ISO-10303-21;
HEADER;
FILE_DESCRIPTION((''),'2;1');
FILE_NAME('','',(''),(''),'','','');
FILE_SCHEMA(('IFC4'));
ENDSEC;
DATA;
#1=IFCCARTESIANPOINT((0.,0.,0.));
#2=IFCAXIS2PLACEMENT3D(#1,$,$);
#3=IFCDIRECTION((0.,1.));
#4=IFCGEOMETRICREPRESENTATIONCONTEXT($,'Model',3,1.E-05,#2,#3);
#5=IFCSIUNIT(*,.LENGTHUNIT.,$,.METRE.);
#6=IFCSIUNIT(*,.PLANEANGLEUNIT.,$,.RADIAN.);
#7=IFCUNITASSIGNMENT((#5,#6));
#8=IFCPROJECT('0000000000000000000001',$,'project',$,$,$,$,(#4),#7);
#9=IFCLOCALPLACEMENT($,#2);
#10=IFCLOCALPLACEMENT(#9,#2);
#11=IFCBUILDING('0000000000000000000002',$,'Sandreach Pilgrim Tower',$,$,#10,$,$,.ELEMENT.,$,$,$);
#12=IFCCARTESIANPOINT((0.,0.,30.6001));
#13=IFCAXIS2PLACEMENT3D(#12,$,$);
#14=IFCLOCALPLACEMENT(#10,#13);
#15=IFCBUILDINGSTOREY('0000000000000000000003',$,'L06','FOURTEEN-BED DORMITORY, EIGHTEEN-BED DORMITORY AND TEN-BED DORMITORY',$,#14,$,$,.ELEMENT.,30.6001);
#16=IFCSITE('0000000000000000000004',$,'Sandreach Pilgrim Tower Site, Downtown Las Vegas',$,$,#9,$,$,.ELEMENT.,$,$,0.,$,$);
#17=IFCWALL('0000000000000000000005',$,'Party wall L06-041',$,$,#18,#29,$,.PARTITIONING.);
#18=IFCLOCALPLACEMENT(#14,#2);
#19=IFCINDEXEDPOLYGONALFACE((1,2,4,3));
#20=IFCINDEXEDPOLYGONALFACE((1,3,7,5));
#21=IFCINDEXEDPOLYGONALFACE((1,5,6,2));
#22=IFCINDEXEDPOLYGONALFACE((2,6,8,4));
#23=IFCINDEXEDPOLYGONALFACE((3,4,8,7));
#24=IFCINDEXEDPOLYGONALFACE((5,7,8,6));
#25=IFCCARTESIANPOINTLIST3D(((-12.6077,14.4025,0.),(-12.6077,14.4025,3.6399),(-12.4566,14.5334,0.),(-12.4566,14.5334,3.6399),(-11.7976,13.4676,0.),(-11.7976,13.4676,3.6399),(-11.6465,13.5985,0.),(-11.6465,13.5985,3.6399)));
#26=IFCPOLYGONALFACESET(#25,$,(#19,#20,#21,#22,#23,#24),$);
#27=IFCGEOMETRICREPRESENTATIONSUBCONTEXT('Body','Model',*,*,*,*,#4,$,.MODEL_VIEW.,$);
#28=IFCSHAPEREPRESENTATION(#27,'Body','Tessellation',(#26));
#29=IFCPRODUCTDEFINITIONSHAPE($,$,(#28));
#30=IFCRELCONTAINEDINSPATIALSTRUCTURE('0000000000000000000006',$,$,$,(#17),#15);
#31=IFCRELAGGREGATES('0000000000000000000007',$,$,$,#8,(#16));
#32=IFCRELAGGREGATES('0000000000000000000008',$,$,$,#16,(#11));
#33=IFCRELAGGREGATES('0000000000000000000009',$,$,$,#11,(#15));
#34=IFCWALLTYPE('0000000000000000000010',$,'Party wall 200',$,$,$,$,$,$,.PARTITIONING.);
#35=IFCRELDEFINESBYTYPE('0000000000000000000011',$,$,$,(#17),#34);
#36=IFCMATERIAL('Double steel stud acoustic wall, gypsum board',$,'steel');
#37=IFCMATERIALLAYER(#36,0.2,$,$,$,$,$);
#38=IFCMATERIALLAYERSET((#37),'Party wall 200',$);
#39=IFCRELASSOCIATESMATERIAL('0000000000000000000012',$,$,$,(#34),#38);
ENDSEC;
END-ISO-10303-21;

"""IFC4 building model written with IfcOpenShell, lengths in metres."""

from ifc_helpers import new_model, si_unit, direction, frame, frame_2d, origin, place, context, subcontext, project, spatial, rectangle, extrude, material, layer, layer_set, type_object, element, save


model = new_model("IFC4")

# Units and contexts
model_context = context("Model", 3, precision=1e-05, world=origin(), true_north=direction((0.0, 1.0)))
body_context = subcontext(model_context, "Body", "Model", "MODEL_VIEW")
ifc_project = project(units=[si_unit("LENGTHUNIT", "METRE"), si_unit("PLANEANGLEUNIT", "RADIAN")], contexts=[model_context])

# Site, building, storey
site_placement = place(None, origin())
site = spatial("IfcSite", under=ifc_project, at=site_placement, Name="Sandreach Pilgrim Tower Site, Downtown Las Vegas", CompositionType="ELEMENT", RefElevation=0.0)
building_placement = place(site_placement, origin())
building = spatial("IfcBuilding", under=site, at=building_placement, Name="Sandreach Pilgrim Tower", CompositionType="ELEMENT")
storey_placement = place(building_placement, frame((0.0, 0.0, 30.6001)))
storey = spatial("IfcBuildingStorey", under=building, at=storey_placement, Name="L06", Description="FOURTEEN-BED DORMITORY, EIGHTEEN-BED DORMITORY AND TEN-BED DORMITORY", CompositionType="ELEMENT", Elevation=30.6001)

# Wall
ifc_material_1 = material(Name="Double steel stud acoustic wall, gypsum board", Category="steel")
ifc_layer_1 = layer(ifc_material_1, 0.2)
ifc_layer_set_1 = layer_set([ifc_layer_1], Name="Party wall 200")
wall_type_1 = type_object("IfcWallType", Name="Party wall 200", PredefinedType="PARTITIONING", material=ifc_layer_set_1)
wall_1_placement = place(storey_placement, frame((-12.5322, 14.468, 0.0), z_axis=(0.0, 0.0, 1.0), x_axis=(0.654878, -0.755735, 0.0)))
element("IfcWall", 1, at=wall_1_placement, inside=storey, type_object=wall_type_1, Name="Party wall L06-041", PredefinedType="PARTITIONING", context=body_context, shape_type="SweptSolid", body=[
    extrude(rectangle(XDim=1.2371, YDim=0.2, at=frame_2d((0.6187, 0.0))), origin(), (0.0, 0.0, 1.0), 3.6399),
])

save(model, "model.ifc")
